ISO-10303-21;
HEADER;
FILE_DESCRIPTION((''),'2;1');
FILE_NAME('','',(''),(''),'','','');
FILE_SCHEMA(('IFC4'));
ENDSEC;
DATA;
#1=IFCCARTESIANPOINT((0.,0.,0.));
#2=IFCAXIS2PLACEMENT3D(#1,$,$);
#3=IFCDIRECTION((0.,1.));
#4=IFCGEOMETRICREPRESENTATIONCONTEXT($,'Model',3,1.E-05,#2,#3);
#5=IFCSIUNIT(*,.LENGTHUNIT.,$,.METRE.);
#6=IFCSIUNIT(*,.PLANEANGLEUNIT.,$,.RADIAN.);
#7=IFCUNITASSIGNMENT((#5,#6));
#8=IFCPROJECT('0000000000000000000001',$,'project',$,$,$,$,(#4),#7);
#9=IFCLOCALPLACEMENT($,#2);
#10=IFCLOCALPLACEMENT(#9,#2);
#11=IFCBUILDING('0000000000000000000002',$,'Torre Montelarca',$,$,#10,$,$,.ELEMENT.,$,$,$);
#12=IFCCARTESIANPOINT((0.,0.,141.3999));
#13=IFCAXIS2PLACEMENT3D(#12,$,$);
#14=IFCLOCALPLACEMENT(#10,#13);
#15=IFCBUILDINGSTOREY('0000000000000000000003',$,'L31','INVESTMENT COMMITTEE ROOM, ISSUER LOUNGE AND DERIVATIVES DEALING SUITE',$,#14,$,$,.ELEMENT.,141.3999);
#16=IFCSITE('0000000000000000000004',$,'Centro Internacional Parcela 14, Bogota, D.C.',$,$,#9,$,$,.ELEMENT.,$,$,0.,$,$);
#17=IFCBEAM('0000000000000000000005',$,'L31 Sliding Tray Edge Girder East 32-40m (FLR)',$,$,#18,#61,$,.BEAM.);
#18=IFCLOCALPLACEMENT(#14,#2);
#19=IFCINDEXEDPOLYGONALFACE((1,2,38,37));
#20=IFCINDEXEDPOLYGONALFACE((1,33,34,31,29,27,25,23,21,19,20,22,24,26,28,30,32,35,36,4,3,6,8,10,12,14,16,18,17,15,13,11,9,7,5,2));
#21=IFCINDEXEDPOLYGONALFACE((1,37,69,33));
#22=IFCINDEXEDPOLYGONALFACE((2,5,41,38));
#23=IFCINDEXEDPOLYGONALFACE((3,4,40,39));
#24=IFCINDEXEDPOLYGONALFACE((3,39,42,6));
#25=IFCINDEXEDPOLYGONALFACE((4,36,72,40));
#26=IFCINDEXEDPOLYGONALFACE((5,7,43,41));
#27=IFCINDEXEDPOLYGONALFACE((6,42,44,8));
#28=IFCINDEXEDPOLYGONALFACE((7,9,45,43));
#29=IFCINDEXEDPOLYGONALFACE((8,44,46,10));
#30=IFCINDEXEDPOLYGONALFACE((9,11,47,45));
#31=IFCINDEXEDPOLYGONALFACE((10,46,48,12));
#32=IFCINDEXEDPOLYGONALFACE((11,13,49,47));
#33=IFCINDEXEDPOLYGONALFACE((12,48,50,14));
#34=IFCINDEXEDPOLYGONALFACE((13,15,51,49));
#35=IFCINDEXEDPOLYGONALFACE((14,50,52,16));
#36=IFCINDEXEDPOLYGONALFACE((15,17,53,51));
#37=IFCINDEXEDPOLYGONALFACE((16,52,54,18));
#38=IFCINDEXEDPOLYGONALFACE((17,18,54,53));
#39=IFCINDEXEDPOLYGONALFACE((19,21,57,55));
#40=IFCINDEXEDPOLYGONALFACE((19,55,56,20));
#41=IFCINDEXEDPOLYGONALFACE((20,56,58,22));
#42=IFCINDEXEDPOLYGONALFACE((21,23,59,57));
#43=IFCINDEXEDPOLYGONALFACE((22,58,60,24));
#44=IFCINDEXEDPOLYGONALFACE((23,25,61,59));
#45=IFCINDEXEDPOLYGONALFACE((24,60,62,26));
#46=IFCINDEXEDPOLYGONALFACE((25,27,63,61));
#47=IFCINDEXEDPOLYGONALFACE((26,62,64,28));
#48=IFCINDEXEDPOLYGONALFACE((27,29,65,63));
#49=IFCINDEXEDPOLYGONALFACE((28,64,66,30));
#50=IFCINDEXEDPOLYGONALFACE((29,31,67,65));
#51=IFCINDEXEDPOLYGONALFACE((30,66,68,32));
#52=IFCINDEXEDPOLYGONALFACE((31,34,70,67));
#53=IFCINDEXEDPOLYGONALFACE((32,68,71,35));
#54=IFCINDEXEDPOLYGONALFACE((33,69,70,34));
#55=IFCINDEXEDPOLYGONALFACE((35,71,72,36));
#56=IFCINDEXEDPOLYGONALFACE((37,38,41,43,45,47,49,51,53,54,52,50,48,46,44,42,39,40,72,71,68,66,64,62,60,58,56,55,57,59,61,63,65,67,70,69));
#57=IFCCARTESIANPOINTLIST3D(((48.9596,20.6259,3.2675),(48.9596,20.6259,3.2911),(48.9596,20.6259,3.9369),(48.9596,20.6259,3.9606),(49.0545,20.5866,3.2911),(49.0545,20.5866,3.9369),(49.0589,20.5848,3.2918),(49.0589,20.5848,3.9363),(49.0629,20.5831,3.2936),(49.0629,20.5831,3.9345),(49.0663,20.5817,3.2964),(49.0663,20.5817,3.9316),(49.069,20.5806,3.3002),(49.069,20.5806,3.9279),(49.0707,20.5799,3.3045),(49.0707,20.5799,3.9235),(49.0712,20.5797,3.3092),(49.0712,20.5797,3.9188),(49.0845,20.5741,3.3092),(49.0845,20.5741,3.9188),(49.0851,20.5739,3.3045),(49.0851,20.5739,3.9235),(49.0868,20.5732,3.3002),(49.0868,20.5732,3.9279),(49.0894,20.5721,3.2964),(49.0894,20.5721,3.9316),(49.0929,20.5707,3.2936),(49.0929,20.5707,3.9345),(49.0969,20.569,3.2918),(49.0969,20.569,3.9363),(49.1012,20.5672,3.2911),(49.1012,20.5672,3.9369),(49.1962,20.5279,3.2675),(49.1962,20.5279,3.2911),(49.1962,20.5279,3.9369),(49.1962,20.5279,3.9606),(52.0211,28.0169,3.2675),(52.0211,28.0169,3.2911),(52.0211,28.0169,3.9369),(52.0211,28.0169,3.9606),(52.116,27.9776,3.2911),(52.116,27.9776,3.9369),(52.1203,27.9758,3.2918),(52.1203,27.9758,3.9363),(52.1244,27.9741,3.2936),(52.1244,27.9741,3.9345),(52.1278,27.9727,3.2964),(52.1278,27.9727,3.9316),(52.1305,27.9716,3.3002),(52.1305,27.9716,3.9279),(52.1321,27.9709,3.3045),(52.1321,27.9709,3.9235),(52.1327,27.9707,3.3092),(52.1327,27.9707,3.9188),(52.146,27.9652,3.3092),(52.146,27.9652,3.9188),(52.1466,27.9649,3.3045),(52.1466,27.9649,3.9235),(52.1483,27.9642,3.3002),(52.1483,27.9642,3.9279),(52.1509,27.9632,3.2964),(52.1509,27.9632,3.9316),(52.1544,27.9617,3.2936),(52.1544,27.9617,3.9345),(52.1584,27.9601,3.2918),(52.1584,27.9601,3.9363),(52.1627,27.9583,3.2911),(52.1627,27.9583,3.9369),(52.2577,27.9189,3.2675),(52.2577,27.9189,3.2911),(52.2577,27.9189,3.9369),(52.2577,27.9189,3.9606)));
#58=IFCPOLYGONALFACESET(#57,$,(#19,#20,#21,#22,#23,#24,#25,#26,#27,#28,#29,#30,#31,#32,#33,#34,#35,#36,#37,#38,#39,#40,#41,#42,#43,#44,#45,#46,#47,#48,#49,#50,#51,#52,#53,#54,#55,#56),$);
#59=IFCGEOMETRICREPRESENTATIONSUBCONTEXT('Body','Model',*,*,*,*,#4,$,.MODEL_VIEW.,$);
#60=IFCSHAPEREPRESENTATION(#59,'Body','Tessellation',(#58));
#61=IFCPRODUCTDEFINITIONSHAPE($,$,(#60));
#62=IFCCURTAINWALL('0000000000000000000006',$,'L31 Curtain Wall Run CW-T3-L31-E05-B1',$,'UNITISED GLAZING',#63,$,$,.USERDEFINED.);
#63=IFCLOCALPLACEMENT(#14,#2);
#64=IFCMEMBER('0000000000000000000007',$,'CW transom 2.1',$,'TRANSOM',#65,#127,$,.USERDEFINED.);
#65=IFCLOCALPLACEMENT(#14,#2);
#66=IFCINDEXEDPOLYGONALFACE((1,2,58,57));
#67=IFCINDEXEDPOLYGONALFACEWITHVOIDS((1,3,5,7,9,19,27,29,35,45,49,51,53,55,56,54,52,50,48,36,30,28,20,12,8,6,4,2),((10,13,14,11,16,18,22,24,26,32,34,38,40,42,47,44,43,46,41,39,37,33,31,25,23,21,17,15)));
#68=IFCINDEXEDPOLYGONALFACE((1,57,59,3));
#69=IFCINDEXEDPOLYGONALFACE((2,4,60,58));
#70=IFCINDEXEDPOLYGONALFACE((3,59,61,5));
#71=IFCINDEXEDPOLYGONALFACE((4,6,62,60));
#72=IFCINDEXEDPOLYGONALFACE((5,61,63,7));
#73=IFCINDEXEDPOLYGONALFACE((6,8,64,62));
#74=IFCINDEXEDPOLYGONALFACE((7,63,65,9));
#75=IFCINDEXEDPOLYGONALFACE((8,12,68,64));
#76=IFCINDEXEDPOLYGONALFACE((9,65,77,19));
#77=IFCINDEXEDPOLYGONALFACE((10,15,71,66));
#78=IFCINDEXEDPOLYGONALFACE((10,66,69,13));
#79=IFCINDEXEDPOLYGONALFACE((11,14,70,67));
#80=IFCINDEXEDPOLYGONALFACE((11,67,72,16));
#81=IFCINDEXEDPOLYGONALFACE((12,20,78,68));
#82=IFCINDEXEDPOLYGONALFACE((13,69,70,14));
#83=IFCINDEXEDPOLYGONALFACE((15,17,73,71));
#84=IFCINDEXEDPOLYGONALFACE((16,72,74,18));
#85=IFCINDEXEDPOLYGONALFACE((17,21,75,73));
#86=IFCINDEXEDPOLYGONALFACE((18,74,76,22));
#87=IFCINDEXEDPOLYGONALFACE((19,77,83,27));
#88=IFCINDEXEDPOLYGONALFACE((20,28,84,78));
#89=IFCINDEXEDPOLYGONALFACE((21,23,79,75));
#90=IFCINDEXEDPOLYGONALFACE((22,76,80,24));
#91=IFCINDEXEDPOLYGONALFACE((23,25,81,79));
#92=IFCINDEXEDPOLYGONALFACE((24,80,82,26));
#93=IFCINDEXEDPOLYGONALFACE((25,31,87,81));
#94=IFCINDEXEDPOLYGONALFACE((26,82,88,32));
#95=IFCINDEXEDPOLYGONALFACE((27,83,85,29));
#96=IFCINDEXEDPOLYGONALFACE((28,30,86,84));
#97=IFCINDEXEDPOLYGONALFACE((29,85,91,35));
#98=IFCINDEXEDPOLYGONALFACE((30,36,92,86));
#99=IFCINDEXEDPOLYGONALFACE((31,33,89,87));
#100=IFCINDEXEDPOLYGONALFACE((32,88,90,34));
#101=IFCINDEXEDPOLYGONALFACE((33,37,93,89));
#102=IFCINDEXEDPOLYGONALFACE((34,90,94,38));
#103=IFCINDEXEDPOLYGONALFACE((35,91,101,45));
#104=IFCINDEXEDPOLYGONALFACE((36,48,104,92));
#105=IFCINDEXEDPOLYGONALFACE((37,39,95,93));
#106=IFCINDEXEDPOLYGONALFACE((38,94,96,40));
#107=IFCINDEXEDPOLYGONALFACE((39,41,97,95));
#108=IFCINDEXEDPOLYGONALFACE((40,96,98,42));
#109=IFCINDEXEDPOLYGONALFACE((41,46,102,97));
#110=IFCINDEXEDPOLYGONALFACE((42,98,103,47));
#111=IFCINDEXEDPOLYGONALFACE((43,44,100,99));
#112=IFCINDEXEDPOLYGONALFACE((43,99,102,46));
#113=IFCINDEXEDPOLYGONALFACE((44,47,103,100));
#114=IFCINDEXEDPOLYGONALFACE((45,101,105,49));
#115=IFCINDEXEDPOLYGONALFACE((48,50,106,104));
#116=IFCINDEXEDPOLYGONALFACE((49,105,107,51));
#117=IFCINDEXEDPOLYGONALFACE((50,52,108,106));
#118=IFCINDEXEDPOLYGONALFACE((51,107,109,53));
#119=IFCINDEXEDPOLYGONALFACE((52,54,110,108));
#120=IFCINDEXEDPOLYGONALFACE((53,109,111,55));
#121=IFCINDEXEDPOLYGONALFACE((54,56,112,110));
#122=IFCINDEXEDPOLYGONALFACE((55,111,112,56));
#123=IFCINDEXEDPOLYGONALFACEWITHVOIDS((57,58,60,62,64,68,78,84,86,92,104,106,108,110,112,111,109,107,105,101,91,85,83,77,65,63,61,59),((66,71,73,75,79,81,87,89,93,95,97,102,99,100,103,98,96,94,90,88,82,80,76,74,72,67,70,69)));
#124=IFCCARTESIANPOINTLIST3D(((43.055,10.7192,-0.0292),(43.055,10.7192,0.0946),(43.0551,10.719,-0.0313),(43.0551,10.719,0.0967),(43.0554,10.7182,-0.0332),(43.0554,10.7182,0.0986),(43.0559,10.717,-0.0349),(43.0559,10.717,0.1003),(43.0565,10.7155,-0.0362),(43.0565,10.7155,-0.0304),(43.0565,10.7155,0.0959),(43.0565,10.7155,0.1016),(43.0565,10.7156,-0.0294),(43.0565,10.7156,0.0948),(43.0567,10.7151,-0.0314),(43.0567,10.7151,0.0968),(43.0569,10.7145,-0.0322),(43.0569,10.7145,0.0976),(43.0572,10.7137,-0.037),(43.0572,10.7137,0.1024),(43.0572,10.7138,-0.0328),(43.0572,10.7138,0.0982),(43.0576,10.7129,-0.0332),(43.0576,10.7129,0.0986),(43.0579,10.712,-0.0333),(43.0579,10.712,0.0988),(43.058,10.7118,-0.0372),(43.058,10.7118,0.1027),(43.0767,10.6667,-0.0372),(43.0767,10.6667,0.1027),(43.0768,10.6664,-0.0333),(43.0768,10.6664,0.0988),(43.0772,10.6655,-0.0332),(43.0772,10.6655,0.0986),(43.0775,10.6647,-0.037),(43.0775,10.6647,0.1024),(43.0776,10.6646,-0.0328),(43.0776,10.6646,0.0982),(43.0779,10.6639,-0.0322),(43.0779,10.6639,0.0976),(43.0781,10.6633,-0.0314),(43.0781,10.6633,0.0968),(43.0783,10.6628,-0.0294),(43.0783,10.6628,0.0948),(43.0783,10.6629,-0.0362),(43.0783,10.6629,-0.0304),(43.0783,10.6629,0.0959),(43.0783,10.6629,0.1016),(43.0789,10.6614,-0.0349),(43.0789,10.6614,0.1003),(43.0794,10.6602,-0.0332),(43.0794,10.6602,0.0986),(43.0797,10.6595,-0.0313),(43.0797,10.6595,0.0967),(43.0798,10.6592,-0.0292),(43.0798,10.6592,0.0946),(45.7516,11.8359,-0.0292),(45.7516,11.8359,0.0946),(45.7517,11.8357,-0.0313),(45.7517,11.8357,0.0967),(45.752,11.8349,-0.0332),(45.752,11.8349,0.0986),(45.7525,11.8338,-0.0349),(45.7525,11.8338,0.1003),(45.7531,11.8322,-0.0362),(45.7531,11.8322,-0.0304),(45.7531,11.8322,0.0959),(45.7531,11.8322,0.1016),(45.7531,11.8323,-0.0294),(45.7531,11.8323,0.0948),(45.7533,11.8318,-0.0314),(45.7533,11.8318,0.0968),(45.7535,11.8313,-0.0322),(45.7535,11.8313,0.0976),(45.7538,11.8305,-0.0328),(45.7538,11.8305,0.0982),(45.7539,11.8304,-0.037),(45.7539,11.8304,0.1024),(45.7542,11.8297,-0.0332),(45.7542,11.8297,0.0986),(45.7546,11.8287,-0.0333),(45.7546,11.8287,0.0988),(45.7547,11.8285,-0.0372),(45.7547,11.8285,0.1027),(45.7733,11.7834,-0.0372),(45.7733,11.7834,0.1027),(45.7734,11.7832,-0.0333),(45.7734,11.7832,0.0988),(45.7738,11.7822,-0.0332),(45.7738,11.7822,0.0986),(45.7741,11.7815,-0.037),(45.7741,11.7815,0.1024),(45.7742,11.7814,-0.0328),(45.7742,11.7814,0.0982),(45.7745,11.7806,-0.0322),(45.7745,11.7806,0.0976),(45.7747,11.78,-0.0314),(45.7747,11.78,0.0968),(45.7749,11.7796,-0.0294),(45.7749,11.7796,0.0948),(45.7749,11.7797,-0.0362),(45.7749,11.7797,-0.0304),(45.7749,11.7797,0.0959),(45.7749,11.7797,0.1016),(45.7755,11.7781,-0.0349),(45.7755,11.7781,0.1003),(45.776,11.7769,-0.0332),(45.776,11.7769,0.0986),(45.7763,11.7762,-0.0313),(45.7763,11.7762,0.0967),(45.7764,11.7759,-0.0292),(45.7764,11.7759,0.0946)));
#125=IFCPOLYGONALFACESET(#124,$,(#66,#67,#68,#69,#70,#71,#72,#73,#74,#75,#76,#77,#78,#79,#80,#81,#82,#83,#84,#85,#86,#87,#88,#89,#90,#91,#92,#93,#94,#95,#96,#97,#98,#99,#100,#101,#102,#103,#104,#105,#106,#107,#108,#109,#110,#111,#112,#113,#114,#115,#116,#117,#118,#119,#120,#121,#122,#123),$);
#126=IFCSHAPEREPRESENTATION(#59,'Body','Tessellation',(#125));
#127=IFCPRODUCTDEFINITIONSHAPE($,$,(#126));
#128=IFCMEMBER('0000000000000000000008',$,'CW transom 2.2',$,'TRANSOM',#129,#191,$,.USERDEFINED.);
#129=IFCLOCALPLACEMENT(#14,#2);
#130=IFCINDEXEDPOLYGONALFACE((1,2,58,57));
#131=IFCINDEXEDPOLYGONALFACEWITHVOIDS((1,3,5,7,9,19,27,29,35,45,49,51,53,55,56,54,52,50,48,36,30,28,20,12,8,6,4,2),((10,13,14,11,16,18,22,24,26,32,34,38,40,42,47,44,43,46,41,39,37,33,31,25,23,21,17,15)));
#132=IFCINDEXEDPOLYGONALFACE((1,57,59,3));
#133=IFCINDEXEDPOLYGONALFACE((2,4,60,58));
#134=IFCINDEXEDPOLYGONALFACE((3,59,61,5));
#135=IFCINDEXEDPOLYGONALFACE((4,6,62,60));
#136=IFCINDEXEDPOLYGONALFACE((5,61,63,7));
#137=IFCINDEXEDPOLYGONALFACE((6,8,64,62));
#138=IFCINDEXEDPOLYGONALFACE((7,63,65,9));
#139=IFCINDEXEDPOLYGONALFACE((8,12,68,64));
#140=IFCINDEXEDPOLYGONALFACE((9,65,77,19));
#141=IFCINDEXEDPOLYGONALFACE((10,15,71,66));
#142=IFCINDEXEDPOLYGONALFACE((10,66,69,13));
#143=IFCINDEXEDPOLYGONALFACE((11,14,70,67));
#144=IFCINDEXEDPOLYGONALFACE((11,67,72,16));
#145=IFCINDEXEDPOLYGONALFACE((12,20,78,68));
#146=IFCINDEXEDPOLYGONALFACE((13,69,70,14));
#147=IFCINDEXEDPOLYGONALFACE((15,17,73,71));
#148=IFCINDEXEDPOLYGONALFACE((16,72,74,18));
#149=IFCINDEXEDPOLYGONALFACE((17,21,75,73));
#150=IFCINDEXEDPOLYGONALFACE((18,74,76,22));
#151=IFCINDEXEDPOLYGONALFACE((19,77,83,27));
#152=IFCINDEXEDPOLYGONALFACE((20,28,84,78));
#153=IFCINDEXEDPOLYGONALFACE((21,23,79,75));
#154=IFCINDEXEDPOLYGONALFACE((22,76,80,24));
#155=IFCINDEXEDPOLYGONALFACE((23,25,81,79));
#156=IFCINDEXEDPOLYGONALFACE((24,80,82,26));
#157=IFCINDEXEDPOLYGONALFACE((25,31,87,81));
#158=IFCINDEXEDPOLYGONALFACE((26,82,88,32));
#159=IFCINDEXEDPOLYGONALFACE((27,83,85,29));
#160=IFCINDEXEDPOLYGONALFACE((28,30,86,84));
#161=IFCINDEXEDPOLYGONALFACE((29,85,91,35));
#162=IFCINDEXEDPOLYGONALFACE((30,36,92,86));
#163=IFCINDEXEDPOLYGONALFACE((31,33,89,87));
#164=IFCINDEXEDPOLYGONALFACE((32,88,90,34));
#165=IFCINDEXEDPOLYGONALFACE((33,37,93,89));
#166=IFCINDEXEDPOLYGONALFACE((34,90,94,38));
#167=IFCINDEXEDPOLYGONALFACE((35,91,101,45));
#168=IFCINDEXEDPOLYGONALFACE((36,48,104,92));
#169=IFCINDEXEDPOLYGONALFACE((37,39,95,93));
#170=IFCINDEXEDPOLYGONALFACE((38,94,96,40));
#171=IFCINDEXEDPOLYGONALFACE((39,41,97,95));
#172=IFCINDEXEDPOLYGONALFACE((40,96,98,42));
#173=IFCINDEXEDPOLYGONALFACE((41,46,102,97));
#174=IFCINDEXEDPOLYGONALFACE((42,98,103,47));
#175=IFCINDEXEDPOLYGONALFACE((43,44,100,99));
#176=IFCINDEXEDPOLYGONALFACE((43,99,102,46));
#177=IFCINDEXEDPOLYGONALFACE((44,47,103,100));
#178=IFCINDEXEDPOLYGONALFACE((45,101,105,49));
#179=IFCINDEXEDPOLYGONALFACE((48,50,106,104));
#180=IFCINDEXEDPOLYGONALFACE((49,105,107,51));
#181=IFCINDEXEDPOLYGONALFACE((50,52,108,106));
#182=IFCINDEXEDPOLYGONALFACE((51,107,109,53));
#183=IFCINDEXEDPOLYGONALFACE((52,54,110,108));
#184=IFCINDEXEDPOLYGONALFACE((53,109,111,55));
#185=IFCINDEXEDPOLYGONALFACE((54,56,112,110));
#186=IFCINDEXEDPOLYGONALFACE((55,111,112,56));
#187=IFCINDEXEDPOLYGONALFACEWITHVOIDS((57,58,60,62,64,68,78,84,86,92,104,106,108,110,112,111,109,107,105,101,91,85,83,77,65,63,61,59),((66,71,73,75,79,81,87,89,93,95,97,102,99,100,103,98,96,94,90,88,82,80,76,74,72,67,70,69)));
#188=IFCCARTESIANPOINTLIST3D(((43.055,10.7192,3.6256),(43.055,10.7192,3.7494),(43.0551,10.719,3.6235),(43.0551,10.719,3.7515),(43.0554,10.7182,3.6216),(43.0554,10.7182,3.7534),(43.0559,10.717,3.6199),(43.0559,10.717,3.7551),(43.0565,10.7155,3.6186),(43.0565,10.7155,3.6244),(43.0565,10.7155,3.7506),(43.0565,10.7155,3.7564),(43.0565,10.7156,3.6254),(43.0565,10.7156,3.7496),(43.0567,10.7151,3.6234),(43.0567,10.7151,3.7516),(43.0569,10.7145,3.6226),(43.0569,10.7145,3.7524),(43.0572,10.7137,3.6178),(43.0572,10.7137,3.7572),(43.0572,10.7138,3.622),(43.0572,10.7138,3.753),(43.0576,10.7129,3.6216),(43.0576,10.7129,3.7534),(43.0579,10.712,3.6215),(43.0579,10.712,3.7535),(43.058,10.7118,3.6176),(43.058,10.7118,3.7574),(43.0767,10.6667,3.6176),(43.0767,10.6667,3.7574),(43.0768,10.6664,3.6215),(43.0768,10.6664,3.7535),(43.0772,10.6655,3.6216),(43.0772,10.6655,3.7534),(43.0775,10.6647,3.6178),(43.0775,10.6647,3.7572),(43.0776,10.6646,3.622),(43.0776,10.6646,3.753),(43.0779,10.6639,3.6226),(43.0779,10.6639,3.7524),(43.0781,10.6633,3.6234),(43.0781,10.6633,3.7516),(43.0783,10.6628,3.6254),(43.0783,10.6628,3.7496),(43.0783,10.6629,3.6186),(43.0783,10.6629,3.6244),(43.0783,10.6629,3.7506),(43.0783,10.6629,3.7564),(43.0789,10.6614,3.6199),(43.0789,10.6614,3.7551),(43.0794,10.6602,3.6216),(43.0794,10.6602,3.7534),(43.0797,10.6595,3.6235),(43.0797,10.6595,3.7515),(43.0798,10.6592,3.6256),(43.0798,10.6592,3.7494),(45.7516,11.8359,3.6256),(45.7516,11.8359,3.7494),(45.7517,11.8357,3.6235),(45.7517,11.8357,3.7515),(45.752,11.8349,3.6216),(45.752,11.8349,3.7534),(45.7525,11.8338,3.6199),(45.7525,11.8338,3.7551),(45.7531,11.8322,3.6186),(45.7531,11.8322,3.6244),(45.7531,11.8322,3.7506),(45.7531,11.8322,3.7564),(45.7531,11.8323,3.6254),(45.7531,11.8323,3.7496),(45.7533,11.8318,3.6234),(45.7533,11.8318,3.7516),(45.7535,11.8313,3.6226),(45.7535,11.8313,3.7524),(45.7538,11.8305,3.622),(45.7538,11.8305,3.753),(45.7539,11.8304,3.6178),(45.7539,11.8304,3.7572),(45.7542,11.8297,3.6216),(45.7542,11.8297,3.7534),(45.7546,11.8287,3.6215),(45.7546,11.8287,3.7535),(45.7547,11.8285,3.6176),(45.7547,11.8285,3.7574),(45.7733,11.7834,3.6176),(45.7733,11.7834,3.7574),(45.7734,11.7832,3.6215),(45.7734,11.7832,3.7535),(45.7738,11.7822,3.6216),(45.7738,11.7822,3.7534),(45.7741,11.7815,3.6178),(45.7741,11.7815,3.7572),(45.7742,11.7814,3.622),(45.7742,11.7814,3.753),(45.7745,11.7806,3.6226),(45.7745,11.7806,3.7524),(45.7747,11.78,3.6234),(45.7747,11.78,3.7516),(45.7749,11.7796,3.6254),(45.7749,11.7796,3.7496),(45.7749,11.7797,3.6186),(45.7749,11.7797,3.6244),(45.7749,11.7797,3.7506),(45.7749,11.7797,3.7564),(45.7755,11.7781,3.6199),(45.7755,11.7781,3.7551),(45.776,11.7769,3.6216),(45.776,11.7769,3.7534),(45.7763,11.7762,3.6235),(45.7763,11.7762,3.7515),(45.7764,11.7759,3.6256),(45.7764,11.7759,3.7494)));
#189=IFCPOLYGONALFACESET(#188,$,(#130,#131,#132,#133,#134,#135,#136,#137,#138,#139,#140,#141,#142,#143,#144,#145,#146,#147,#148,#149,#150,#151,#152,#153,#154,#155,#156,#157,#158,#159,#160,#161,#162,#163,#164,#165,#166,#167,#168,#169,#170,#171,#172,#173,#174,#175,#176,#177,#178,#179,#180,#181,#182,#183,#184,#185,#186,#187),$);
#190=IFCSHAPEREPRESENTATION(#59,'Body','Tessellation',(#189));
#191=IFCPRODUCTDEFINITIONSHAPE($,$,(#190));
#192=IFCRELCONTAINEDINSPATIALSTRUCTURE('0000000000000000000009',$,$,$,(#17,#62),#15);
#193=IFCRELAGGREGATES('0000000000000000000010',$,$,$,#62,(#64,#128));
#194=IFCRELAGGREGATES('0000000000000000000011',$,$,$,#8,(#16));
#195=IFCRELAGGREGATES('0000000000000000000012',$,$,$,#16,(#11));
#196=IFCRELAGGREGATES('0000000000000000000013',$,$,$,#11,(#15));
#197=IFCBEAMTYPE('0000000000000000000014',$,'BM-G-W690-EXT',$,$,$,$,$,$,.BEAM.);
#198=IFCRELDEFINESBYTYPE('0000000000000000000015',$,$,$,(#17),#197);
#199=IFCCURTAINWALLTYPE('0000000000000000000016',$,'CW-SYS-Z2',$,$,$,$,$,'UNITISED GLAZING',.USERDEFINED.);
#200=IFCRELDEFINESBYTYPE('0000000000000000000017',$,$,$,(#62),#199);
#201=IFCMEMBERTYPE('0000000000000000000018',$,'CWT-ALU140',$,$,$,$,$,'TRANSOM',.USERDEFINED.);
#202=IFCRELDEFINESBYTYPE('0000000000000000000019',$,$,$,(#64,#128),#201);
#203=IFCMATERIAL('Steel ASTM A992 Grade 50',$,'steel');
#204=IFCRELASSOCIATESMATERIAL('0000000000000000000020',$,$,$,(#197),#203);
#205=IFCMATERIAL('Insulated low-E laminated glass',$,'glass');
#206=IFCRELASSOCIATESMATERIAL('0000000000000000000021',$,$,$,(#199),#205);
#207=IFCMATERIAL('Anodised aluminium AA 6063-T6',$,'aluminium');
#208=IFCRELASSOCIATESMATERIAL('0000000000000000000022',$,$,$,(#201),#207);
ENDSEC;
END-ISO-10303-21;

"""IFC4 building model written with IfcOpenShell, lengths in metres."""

from ifc_helpers import new_model, si_unit, direction, frame, origin, origin_2d, place, context, subcontext, project, spatial, hollow_rectangle, i_section, extrude, source, transform, mapped, material, material_profile, profile_set, type_object, element, aggregate, save


model = new_model("IFC4")

# Units and contexts
model_context = context("Model", 3, precision=1e-05, world=origin(), true_north=direction((0.0, 1.0)))
body_context = subcontext(model_context, "Body", "Model", "MODEL_VIEW")
ifc_project = project(units=[si_unit("LENGTHUNIT", "METRE"), si_unit("PLANEANGLEUNIT", "RADIAN")], contexts=[model_context])

# Site, building, storey
site_placement = place(None, origin())
site = spatial("IfcSite", under=ifc_project, at=site_placement, Name="Centro Internacional Parcela 14, Bogota, D.C.", CompositionType="ELEMENT", RefElevation=0.0)
building_placement = place(site_placement, origin())
building = spatial("IfcBuilding", under=site, at=building_placement, Name="Torre Montelarca", CompositionType="ELEMENT")
storey_placement = place(building_placement, frame((0.0, 0.0, 141.3999)))
storey = spatial("IfcBuildingStorey", under=building, at=storey_placement, Name="L31", Description="INVESTMENT COMMITTEE ROOM, ISSUER LOUNGE AND DERIVATIVES DEALING SUITE", CompositionType="ELEMENT", Elevation=141.3999)

# Beam
ifc_material_1 = material(Name="Steel ASTM A992 Grade 50", Category="steel")
ifc_material_profile_1 = material_profile(ifc_material_1, i_section(OverallWidth=0.2561, OverallDepth=0.6931, WebThickness=0.0144, FlangeThickness=0.0237, FilletRadius=0.0181, at=origin_2d()), Name="W690X170", Category="steel")
ifc_profile_set_1 = profile_set([ifc_material_profile_1], Name="Steel ASTM A992 Grade 50")
beam_type_1 = type_object("IfcBeamType", Name="BM-G-W690-EXT", PredefinedType="BEAM", material=ifc_profile_set_1)
shared_shape_1 = source(origin(), body_context, "Body", "SweptSolid", [
    extrude(i_section(OverallWidth=0.2561, OverallDepth=0.6931, WebThickness=0.0144, FlangeThickness=0.0237, FilletRadius=0.0181, at=origin_2d()), origin(), (0.0, 0.0, 1.0), 8.0),
])
for number, where, z_axis, x_axis, name in (
    (1, (49.0779, 20.5769, 3.614), (0.382686, 0.923878, 0.0), (-0.923878, 0.382686, 0.0), "L31 Sliding Tray Edge Girder East 32-40m (FLR)"),
):
    element("IfcBeam", number, at=place(storey_placement, frame(where, z_axis=z_axis, x_axis=x_axis)), inside=storey, type_object=beam_type_1, Name=name, PredefinedType="BEAM", context=body_context, shape_type="MappedRepresentation", body=[
        mapped(shared_shape_1, transform((0.0, 0.0, 0.0), scale=1.0)),
    ])

# Curtain wall, members
ifc_material_2 = material(Name="Insulated low-E laminated glass", Category="glass")
curtain_wall_type = type_object("IfcCurtainWallType", Name="CW-SYS-Z2", ElementType="UNITISED GLAZING", PredefinedType="USERDEFINED", material=ifc_material_2)
curtain_wall_1_placement = place(storey_placement, origin())
curtain_wall_1 = element("IfcCurtainWall", 2, at=curtain_wall_1_placement, inside=storey, type_object=curtain_wall_type, Name="L31 Curtain Wall Run CW-T3-L31-E05-B1", ObjectType="UNITISED GLAZING", PredefinedType="USERDEFINED")
ifc_material_3 = material(Name="Anodised aluminium AA 6063-T6", Category="aluminium")
ifc_material_profile_2 = material_profile(ifc_material_3, hollow_rectangle(XDim=0.0649, YDim=0.1399, WallThickness=0.0039, InnerFilletRadius=0.0039, OuterFilletRadius=0.0081, at=origin_2d()), Name="ALU65X140X4", Category="aluminium")
ifc_profile_set_2 = profile_set([ifc_material_profile_2], Name="Anodised aluminium AA 6063-T6")
member_type_1 = type_object("IfcMemberType", Name="CWT-ALU140", ElementType="TRANSOM", PredefinedType="USERDEFINED", material=ifc_profile_set_2)
shared_shape_2 = source(origin(), body_context, "Body", "SweptSolid", [
    extrude(hollow_rectangle(XDim=0.0649, YDim=0.1399, WallThickness=0.0039, InnerFilletRadius=0.0039, OuterFilletRadius=0.0081, at=origin_2d()), origin(), (0.0, 0.0, 1.0), 2.9187),
])
member_1_placement = place(storey_placement, frame((43.0674, 10.6892, 0.0327), z_axis=(0.923909, 0.382613, 0.0), x_axis=(-0.382613, 0.923909, 0.0)))
member_1 = element("IfcMember", 3, at=member_1_placement, type_object=member_type_1, Name="CW transom 2.1", ObjectType="TRANSOM", PredefinedType="USERDEFINED", context=body_context, shape_type="MappedRepresentation", body=[
    mapped(shared_shape_2, transform((0.0, 0.0, 0.0), scale=1.0)),
])
member_2_placement = place(storey_placement, frame((43.0674, 10.6892, 3.6875), z_axis=(0.923909, 0.382613, 0.0), x_axis=(-0.382613, 0.923909, 0.0)))
member_2 = element("IfcMember", 4, at=member_2_placement, type_object=member_type_1, Name="CW transom 2.2", ObjectType="TRANSOM", PredefinedType="USERDEFINED", context=body_context, shape_type="MappedRepresentation", body=[
    mapped(shared_shape_2, transform((0.0, 0.0, 0.0), scale=1.0)),
])

aggregate(curtain_wall_1, [member_1, member_2])

save(model, "model.ifc")
